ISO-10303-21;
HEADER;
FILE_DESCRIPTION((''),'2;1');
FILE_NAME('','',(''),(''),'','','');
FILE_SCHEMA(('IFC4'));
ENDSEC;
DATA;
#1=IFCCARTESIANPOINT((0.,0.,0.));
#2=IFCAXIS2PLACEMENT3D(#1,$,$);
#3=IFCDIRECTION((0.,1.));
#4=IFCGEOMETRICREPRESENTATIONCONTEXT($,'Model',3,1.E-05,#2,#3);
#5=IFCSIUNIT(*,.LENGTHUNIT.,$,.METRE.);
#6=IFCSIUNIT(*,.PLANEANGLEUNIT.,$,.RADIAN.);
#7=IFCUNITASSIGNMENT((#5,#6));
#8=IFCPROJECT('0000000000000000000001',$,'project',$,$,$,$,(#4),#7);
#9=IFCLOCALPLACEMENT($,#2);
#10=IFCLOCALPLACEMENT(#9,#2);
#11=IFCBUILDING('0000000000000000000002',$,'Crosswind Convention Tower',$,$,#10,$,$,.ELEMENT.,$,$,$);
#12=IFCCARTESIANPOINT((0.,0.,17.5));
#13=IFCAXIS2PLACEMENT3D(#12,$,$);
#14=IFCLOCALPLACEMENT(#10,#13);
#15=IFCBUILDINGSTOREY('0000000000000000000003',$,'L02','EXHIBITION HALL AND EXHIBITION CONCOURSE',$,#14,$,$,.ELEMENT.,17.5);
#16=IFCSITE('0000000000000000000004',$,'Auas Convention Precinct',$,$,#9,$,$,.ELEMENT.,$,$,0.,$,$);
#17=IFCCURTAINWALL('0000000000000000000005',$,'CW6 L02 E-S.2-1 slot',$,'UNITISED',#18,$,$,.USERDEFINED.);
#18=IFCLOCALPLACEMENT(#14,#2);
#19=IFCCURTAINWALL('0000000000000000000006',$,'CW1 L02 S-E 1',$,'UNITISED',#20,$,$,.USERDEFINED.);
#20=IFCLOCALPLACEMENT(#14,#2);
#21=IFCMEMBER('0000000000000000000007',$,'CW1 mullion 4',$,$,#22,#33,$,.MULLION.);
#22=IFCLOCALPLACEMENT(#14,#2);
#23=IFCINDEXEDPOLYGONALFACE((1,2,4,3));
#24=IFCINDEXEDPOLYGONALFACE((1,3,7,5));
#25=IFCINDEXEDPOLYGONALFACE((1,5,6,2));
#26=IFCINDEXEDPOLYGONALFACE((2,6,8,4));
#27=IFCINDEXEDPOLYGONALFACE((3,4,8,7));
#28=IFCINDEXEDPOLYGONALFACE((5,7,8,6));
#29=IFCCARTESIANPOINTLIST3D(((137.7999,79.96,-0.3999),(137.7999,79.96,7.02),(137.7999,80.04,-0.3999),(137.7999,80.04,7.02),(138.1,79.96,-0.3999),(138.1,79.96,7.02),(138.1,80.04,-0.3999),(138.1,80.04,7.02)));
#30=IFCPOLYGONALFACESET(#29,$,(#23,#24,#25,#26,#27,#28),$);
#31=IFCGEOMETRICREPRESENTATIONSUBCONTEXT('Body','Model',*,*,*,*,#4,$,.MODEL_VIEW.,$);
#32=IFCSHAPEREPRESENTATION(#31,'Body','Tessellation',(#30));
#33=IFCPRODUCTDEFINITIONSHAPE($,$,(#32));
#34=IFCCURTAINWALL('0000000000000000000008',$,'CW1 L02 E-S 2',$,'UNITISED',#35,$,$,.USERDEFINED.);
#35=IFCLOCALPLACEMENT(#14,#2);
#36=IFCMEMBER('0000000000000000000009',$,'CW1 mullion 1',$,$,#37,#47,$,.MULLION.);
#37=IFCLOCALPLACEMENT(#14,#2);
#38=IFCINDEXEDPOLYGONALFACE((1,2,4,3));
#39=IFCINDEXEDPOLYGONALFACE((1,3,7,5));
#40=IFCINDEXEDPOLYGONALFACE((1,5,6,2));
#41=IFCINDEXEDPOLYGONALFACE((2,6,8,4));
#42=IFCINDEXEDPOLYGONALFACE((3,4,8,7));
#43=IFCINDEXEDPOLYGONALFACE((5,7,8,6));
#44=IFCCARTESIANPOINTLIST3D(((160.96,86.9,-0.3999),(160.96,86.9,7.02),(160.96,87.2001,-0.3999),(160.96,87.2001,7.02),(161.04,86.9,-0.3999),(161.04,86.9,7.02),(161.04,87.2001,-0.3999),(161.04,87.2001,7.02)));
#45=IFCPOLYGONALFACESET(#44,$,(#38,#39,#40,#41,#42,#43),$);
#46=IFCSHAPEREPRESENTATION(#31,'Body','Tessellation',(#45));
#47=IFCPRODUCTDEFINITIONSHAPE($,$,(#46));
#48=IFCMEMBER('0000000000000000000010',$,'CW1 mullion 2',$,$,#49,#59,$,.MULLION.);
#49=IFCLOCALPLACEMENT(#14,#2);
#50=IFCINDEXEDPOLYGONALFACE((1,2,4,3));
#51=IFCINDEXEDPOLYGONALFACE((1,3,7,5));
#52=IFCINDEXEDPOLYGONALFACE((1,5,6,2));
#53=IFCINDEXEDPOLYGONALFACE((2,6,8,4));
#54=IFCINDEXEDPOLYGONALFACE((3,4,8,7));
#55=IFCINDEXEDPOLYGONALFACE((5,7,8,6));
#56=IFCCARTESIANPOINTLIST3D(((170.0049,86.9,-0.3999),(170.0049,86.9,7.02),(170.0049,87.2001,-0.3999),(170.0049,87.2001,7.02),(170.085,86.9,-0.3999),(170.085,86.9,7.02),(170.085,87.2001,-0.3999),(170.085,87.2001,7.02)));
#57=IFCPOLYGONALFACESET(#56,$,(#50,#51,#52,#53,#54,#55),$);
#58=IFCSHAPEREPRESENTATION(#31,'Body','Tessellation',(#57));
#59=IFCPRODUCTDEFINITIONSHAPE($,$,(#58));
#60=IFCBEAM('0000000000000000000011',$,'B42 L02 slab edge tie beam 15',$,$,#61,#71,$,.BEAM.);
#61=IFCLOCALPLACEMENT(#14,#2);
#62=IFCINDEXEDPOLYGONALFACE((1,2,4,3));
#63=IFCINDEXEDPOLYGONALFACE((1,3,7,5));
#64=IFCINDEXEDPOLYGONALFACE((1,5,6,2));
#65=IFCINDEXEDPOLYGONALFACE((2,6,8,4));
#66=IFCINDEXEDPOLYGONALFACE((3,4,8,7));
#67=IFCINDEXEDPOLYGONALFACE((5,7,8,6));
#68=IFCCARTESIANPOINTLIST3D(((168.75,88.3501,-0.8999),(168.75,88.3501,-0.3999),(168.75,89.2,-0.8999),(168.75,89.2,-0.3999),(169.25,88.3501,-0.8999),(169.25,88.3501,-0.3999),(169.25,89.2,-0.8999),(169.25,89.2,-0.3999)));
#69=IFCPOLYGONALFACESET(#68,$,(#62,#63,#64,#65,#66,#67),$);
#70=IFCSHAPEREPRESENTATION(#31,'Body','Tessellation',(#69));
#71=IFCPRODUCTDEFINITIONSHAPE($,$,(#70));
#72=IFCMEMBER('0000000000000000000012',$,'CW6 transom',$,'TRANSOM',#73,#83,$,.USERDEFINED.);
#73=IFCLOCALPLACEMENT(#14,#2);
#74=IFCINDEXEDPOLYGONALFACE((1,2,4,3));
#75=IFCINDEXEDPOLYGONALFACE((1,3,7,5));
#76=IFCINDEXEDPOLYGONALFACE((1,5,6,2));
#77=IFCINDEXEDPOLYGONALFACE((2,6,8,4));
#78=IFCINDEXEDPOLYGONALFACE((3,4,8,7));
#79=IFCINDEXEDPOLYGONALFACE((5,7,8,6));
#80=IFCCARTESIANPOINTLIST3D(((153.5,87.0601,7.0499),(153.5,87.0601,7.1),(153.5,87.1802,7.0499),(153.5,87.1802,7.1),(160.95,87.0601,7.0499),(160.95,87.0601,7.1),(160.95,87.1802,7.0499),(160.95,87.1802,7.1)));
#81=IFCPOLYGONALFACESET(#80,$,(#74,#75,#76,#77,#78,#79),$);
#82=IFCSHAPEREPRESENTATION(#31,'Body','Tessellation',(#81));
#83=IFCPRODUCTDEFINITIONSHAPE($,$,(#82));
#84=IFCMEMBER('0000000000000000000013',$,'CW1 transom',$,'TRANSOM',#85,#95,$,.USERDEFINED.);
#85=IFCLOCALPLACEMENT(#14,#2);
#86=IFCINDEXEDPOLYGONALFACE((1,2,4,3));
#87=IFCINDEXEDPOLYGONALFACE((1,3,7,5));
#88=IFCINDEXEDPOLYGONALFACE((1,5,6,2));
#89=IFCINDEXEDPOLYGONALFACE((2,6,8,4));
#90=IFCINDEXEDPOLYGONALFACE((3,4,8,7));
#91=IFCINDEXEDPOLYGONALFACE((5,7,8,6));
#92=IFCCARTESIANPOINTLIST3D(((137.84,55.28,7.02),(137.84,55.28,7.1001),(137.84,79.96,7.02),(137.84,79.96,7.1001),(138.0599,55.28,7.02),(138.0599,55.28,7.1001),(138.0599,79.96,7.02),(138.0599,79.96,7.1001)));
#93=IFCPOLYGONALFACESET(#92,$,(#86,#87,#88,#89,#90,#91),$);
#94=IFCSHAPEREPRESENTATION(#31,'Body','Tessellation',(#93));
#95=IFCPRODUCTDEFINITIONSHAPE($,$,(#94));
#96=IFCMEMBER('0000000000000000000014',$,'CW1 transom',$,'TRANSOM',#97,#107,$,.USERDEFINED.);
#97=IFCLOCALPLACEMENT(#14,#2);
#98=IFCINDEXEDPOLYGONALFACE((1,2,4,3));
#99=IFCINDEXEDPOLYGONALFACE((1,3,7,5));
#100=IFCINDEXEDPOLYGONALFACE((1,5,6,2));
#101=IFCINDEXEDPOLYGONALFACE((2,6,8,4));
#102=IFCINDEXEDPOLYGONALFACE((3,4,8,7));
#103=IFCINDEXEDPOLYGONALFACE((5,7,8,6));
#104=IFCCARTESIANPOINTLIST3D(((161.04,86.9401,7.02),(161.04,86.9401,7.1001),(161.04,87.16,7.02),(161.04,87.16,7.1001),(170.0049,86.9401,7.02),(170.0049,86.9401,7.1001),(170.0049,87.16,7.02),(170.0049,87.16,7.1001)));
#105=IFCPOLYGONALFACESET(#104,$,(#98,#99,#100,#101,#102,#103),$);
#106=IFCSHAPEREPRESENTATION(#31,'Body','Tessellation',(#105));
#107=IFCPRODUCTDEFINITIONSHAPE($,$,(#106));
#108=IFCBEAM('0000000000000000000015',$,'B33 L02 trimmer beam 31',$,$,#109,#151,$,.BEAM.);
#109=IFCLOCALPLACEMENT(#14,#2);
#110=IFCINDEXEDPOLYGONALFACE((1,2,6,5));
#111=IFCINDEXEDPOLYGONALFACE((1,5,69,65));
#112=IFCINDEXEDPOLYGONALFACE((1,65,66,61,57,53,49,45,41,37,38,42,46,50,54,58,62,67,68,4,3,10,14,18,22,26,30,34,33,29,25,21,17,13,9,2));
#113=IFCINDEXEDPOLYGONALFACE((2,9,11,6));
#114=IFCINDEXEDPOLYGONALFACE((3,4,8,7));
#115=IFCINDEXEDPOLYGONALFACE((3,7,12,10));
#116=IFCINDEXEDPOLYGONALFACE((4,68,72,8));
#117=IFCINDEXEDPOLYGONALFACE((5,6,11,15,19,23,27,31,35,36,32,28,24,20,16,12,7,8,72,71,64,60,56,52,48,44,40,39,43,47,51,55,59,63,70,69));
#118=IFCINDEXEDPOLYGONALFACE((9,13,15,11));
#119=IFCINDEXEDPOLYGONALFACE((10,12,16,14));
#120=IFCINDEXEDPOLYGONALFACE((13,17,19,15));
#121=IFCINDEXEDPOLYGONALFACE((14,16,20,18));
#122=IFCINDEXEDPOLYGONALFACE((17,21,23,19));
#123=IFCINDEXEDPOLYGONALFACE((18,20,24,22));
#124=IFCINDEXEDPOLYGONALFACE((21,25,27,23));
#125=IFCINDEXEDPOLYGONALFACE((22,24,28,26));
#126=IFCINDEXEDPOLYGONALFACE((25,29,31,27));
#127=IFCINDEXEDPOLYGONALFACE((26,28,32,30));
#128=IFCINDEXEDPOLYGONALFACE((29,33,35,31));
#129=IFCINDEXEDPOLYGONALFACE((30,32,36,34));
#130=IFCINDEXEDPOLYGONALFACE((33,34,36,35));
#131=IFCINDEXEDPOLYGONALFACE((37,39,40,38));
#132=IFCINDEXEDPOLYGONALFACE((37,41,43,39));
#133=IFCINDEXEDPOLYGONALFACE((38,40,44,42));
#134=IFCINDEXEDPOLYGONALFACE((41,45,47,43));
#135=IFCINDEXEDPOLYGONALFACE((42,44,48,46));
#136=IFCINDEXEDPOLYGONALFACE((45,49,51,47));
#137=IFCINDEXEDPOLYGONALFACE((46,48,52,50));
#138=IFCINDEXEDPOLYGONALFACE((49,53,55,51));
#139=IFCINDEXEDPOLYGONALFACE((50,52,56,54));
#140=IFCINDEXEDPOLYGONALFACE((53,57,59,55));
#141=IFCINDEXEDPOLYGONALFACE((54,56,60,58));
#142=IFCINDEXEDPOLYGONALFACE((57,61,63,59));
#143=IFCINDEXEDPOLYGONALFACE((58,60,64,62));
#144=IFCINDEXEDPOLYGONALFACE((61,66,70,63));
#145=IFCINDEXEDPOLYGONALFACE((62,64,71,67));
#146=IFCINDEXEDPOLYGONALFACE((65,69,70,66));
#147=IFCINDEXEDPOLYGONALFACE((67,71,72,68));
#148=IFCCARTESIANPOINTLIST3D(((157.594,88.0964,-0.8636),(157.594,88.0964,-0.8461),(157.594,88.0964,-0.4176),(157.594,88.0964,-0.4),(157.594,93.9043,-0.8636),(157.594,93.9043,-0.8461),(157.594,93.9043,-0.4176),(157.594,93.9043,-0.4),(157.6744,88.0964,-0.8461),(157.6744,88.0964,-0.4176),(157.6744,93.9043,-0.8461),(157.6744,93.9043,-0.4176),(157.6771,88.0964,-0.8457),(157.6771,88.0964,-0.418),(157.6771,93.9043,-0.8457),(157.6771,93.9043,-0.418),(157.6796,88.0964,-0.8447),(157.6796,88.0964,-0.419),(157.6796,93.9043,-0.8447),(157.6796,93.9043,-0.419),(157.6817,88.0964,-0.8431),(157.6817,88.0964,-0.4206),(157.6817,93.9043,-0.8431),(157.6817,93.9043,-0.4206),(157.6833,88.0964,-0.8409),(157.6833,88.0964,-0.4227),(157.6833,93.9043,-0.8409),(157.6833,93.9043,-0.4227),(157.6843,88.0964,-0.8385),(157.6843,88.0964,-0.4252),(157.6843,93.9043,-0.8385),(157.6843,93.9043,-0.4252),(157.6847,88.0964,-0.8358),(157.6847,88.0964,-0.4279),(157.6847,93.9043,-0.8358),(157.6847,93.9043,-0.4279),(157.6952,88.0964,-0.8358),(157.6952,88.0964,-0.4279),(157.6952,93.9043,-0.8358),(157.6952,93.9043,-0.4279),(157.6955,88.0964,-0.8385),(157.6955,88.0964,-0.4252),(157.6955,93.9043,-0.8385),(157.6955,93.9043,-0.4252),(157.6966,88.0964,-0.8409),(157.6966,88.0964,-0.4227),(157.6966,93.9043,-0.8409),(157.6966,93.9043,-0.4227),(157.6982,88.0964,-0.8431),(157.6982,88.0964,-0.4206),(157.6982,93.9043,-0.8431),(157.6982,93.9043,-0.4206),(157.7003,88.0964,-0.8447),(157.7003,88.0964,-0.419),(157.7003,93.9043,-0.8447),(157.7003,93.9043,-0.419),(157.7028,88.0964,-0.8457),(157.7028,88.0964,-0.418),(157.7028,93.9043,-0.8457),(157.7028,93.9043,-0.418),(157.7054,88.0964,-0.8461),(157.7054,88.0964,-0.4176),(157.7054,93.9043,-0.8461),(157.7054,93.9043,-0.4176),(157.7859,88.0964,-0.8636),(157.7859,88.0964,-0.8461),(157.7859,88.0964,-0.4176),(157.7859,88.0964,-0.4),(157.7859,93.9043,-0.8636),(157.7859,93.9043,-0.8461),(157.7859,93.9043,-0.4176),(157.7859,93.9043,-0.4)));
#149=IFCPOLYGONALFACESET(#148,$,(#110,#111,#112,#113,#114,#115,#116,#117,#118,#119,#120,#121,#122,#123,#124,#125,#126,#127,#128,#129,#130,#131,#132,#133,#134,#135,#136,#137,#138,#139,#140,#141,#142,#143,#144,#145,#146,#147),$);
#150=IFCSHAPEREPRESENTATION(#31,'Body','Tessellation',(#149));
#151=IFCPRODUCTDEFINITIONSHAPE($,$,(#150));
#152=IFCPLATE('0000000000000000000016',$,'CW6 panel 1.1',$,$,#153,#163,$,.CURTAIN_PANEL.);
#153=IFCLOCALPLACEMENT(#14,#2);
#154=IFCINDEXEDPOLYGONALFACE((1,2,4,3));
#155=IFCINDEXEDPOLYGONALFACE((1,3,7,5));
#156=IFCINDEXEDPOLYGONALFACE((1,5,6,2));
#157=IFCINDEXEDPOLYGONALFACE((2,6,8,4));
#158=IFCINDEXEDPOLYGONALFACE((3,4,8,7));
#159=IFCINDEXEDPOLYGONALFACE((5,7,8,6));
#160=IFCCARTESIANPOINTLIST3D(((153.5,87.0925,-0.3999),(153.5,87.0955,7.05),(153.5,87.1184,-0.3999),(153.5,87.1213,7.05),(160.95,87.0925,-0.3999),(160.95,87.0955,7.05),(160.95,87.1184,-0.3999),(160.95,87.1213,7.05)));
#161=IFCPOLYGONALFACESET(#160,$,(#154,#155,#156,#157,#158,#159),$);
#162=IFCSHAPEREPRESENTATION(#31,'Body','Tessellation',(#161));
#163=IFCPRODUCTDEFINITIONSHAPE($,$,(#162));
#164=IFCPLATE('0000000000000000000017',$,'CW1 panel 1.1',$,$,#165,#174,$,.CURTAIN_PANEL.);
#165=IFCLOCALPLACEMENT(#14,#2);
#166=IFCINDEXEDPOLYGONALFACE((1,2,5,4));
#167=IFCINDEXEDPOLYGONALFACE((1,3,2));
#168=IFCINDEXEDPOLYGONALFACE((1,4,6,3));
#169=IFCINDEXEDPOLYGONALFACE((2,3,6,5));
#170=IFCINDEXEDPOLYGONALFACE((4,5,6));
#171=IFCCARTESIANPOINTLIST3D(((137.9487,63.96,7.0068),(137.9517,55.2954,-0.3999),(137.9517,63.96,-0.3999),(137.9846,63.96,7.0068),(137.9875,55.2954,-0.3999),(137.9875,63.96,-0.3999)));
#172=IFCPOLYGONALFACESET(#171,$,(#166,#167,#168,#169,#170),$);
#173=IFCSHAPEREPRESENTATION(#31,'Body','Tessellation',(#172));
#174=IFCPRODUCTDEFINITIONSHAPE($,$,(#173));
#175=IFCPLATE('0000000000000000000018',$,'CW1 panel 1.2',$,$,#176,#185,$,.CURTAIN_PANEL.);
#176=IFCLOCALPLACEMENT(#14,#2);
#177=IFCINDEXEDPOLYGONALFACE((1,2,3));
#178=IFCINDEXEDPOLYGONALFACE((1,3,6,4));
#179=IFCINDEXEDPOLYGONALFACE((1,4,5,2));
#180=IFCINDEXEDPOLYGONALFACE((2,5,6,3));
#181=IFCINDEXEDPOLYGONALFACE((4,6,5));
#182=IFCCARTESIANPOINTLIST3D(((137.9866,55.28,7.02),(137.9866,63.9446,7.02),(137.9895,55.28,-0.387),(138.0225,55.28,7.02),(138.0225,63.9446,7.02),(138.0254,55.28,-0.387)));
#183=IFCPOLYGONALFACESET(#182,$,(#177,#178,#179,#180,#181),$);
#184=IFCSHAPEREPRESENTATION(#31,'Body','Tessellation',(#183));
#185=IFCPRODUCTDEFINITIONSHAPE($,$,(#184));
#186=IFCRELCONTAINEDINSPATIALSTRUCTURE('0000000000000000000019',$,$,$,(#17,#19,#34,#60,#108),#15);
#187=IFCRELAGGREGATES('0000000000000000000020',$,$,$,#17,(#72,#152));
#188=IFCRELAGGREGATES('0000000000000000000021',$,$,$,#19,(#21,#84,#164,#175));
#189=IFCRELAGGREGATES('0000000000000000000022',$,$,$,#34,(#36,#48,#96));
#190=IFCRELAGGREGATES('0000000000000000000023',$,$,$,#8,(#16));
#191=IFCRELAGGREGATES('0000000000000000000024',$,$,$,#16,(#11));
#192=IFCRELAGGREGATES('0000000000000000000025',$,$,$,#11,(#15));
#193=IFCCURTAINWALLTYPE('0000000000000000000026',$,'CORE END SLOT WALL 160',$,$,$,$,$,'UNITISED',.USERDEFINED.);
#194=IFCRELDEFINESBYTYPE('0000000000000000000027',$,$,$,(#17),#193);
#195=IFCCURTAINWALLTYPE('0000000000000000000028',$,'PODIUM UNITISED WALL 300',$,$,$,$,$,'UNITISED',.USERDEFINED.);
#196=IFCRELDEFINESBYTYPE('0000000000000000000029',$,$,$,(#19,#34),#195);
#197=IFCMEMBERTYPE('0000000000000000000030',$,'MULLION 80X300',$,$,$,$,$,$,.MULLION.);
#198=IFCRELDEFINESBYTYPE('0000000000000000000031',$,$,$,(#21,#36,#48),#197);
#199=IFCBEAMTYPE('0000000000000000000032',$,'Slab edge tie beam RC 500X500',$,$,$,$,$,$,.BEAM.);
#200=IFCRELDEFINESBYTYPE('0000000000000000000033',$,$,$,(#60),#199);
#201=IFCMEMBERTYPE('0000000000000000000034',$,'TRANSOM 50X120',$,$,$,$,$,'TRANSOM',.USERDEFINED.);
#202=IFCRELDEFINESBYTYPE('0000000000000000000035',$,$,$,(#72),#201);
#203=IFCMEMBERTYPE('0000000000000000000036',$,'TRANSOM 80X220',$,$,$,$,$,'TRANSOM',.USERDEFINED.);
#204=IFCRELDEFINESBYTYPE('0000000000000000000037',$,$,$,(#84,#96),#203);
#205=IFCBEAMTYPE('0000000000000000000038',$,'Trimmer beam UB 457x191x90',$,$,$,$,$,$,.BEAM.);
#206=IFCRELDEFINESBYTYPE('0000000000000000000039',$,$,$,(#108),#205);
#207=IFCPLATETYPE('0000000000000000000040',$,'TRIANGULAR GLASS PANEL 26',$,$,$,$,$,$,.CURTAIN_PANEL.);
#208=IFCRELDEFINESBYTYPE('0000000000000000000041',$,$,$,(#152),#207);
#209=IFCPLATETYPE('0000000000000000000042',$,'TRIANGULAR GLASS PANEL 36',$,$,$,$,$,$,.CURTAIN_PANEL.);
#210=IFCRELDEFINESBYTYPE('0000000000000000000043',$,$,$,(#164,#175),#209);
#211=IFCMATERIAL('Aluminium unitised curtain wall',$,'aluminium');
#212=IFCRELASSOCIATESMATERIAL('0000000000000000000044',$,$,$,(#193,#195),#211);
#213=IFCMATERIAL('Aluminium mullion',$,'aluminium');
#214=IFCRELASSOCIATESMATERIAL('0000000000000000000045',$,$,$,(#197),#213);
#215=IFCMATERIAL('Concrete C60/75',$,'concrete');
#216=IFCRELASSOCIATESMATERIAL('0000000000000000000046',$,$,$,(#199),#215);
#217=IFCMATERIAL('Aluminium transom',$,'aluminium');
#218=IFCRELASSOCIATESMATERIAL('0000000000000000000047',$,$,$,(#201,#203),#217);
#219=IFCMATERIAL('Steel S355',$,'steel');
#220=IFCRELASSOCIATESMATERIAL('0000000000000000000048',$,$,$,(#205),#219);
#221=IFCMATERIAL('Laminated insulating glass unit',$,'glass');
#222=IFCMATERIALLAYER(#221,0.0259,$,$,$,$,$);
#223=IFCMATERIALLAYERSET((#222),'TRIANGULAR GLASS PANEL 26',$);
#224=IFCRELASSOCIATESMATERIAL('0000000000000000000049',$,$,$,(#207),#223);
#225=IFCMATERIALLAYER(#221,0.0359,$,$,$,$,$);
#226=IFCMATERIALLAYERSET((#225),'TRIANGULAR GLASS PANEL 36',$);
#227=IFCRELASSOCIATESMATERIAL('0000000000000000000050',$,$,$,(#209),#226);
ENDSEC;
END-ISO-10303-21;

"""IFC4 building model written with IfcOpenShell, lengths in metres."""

from ifc_helpers import new_model, si_unit, direction, frame, origin, origin_2d, place, context, subcontext, project, spatial, polyline, rectangle, i_section, outline, extrude, material, layer, layer_set, material_profile, profile_set, type_object, element, aggregate, save


model = new_model("IFC4")

# Units and contexts
model_context = context("Model", 3, precision=1e-05, world=origin(), true_north=direction((0.0, 1.0)))
body_context = subcontext(model_context, "Body", "Model", "MODEL_VIEW")
ifc_project = project(units=[si_unit("LENGTHUNIT", "METRE"), si_unit("PLANEANGLEUNIT", "RADIAN")], contexts=[model_context])

# Site, building, storey
site_placement = place(None, origin())
site = spatial("IfcSite", under=ifc_project, at=site_placement, Name="Auas Convention Precinct", CompositionType="ELEMENT", RefElevation=0.0)
building_placement = place(site_placement, origin())
building = spatial("IfcBuilding", under=site, at=building_placement, Name="Crosswind Convention Tower", CompositionType="ELEMENT")
storey_placement = place(building_placement, frame((0.0, 0.0, 17.5)))
storey = spatial("IfcBuildingStorey", under=building, at=storey_placement, Name="L02", Description="EXHIBITION HALL AND EXHIBITION CONCOURSE", CompositionType="ELEMENT", Elevation=17.5)

# Shared definitions
ifc_material_1 = material(Name="Concrete C60/75", Category="concrete")

# Shared definitions
ifc_material_2 = material(Name="Steel S355", Category="steel")

# Curtain walls, members
ifc_material_3 = material(Name="Aluminium unitised curtain wall", Category="aluminium")
curtain_wall_type_1 = type_object("IfcCurtainWallType", Name="CORE END SLOT WALL 160", ElementType="UNITISED", PredefinedType="USERDEFINED", material=ifc_material_3)
curtain_wall_1_placement = place(storey_placement, origin())
curtain_wall_1 = element("IfcCurtainWall", 1, at=curtain_wall_1_placement, inside=storey, type_object=curtain_wall_type_1, Name="CW6 L02 E-S.2-1 slot", ObjectType="UNITISED", PredefinedType="USERDEFINED")
ifc_material_4 = material(Name="Aluminium mullion", Category="aluminium")
curtain_wall_type_2 = type_object("IfcCurtainWallType", Name="PODIUM UNITISED WALL 300", ElementType="UNITISED", PredefinedType="USERDEFINED", material=ifc_material_3)
curtain_wall_2_placement = place(storey_placement, origin())
curtain_wall_2 = element("IfcCurtainWall", 2, at=curtain_wall_2_placement, inside=storey, type_object=curtain_wall_type_2, Name="CW1 L02 S-E 1", ObjectType="UNITISED", PredefinedType="USERDEFINED")
ifc_material_profile_1 = material_profile(ifc_material_4, rectangle(XDim=0.3, YDim=0.0801, at=origin_2d()), Name="AL 300X80")
ifc_profile_set_1 = profile_set([ifc_material_profile_1], Name="Aluminium mullion")
member_type_1 = type_object("IfcMemberType", Name="MULLION 80X300", PredefinedType="MULLION", material=ifc_profile_set_1)
member_1_placement = place(storey_placement, frame((137.95, 80.0, -0.3999), z_axis=(0.0, 0.0, 1.0), x_axis=(1.0, 0.0, 0.0)))
member_1 = element("IfcMember", 3, at=member_1_placement, type_object=member_type_1, Name="CW1 mullion 4", PredefinedType="MULLION", context=body_context, shape_type="SweptSolid", body=[
    extrude(rectangle(XDim=0.3, YDim=0.0801, at=origin_2d()), origin(), (0.0, 0.0, 1.0), 7.4199),
])
curtain_wall_3_placement = place(storey_placement, origin())
curtain_wall_3 = element("IfcCurtainWall", 4, at=curtain_wall_3_placement, inside=storey, type_object=curtain_wall_type_2, Name="CW1 L02 E-S 2", ObjectType="UNITISED", PredefinedType="USERDEFINED")
member_2_placement = place(storey_placement, frame((161.0, 87.05, -0.3999), z_axis=(0.0, 0.0, 1.0), x_axis=(0.0, -1.0, 0.0)))
member_2 = element("IfcMember", 5, at=member_2_placement, type_object=member_type_1, Name="CW1 mullion 1", PredefinedType="MULLION", context=body_context, shape_type="SweptSolid", body=[
    extrude(rectangle(XDim=0.3, YDim=0.0801, at=origin_2d()), origin(), (0.0, 0.0, 1.0), 7.4199),
])
member_3_placement = place(storey_placement, frame((170.0449, 87.05, -0.3999), z_axis=(0.0, 0.0, 1.0), x_axis=(0.0, -1.0, 0.0)))
member_3 = element("IfcMember", 6, at=member_3_placement, type_object=member_type_1, Name="CW1 mullion 2", PredefinedType="MULLION", context=body_context, shape_type="SweptSolid", body=[
    extrude(rectangle(XDim=0.3, YDim=0.0801, at=origin_2d()), origin(), (0.0, 0.0, 1.0), 7.4199),
])

# Beam
ifc_material_profile_2 = material_profile(ifc_material_1, rectangle(XDim=0.5, YDim=0.5, at=origin_2d()), Name="RC 500X500")
ifc_profile_set_2 = profile_set([ifc_material_profile_2], Name="Concrete C60/75")
beam_type_1 = type_object("IfcBeamType", Name="Slab edge tie beam RC 500X500", PredefinedType="BEAM", material=ifc_profile_set_2)
beam_1_placement = place(storey_placement, frame((169.0, 88.3501, -0.6499), z_axis=(0.0, 1.0, 0.0), x_axis=(-1.0, 0.0, 0.0)))
element("IfcBeam", 7, at=beam_1_placement, inside=storey, type_object=beam_type_1, Name="B42 L02 slab edge tie beam 15", PredefinedType="BEAM", context=body_context, shape_type="SweptSolid", body=[
    extrude(rectangle(XDim=0.5, YDim=0.5, at=origin_2d()), origin(), (0.0, 0.0, 1.0), 0.8499),
])

# Members
ifc_material_5 = material(Name="Aluminium transom", Category="aluminium")
ifc_material_profile_3 = material_profile(ifc_material_5, rectangle(XDim=0.1201, YDim=0.05, at=origin_2d()), Name="AL 120X50")
ifc_profile_set_3 = profile_set([ifc_material_profile_3], Name="Aluminium transom")
member_type_2 = type_object("IfcMemberType", Name="TRANSOM 50X120", ElementType="TRANSOM", PredefinedType="USERDEFINED", material=ifc_profile_set_3)
member_4_placement = place(storey_placement, frame((153.5, 87.1201, 7.075), z_axis=(1.0, 0.0, 0.0), x_axis=(0.0, 1.0, 0.0)))
member_4 = element("IfcMember", 8, at=member_4_placement, type_object=member_type_2, Name="CW6 transom", ObjectType="TRANSOM", PredefinedType="USERDEFINED", context=body_context, shape_type="SweptSolid", body=[
    extrude(rectangle(XDim=0.1201, YDim=0.05, at=origin_2d()), origin(), (0.0, 0.0, 1.0), 7.45),
])
ifc_material_profile_4 = material_profile(ifc_material_5, rectangle(XDim=0.22, YDim=0.0801, at=origin_2d()), Name="AL 220X80")
ifc_profile_set_4 = profile_set([ifc_material_profile_4], Name="Aluminium transom")
member_type_3 = type_object("IfcMemberType", Name="TRANSOM 80X220", ElementType="TRANSOM", PredefinedType="USERDEFINED", material=ifc_profile_set_4)
member_5_placement = place(storey_placement, frame((137.95, 55.28, 7.0601), z_axis=(0.0, 1.0, 0.0), x_axis=(-1.0, 0.0, 0.0)))
member_5 = element("IfcMember", 9, at=member_5_placement, type_object=member_type_3, Name="CW1 transom", ObjectType="TRANSOM", PredefinedType="USERDEFINED", context=body_context, shape_type="SweptSolid", body=[
    extrude(rectangle(XDim=0.22, YDim=0.0801, at=origin_2d()), origin(), (0.0, 0.0, 1.0), 24.6799),
])
member_6_placement = place(storey_placement, frame((161.04, 87.05, 7.0601), z_axis=(1.0, 0.0, 0.0), x_axis=(0.0, 1.0, 0.0)))
member_6 = element("IfcMember", 10, at=member_6_placement, type_object=member_type_3, Name="CW1 transom", ObjectType="TRANSOM", PredefinedType="USERDEFINED", context=body_context, shape_type="SweptSolid", body=[
    extrude(rectangle(XDim=0.22, YDim=0.0801, at=origin_2d()), origin(), (0.0, 0.0, 1.0), 8.9648),
])

# Beam
ifc_material_profile_5 = material_profile(ifc_material_2, i_section(OverallWidth=0.1919, OverallDepth=0.4636, WebThickness=0.0105, FlangeThickness=0.0176, FilletRadius=0.0103, at=origin_2d()), Name="UB 457x191x90")
ifc_profile_set_5 = profile_set([ifc_material_profile_5], Name="Steel S355")
beam_type_2 = type_object("IfcBeamType", Name="Trimmer beam UB 457x191x90", PredefinedType="BEAM", material=ifc_profile_set_5)
beam_2_placement = place(storey_placement, frame((157.6899, 88.0964, -0.6318), z_axis=(0.0, 1.0, 0.0), x_axis=(-1.0, 0.0, 0.0)))
element("IfcBeam", 11, at=beam_2_placement, inside=storey, type_object=beam_type_2, Name="B33 L02 trimmer beam 31", PredefinedType="BEAM", context=body_context, shape_type="SweptSolid", body=[
    extrude(i_section(OverallWidth=0.1919, OverallDepth=0.4636, WebThickness=0.0105, FlangeThickness=0.0176, FilletRadius=0.0103, at=origin_2d()), origin(), (0.0, 0.0, 1.0), 5.8079),
])

# Plates
ifc_material_6 = material(Name="Laminated insulating glass unit", Category="glass")
ifc_layer_1 = layer(ifc_material_6, 0.0259)
ifc_layer_set_1 = layer_set([ifc_layer_1], Name="TRIANGULAR GLASS PANEL 26")
plate_type_1 = type_object("IfcPlateType", Name="TRIANGULAR GLASS PANEL 26", PredefinedType="CURTAIN_PANEL", material=ifc_layer_set_1)
plate_1_placement = place(storey_placement, frame((153.5, 87.0925, -0.3999), z_axis=(0.0, -1.0, 0.000393), x_axis=(1.0, 0.0, 0.0)))
plate_1 = element("IfcPlate", 12, at=plate_1_placement, type_object=plate_type_1, Name="CW6 panel 1.1", PredefinedType="CURTAIN_PANEL", context=body_context, shape_type="SweptSolid", body=[
    extrude(outline(polyline([(0.0, 0.0), (7.45, 0.0), (7.45, 7.45), (0.0, 7.45), (0.0, 0.0)])), origin(), (0.0, 0.0, -1.0), 0.0259),
])
aggregate(curtain_wall_1, [member_4, plate_1])
ifc_layer_2 = layer(ifc_material_6, 0.0359)
ifc_layer_set_2 = layer_set([ifc_layer_2], Name="TRIANGULAR GLASS PANEL 36")
plate_type_2 = type_object("IfcPlateType", Name="TRIANGULAR GLASS PANEL 36", PredefinedType="CURTAIN_PANEL", material=ifc_layer_set_2)
plate_2_placement = place(storey_placement, frame((137.9875, 63.96, -0.3999), z_axis=(1.0, 0.0, 0.000396), x_axis=(-0.000396, 0.0, 1.0)))
plate_2 = element("IfcPlate", 13, at=plate_2_placement, type_object=plate_type_2, Name="CW1 panel 1.1", PredefinedType="CURTAIN_PANEL", context=body_context, shape_type="SweptSolid", body=[
    extrude(outline(polyline([(0.0, 0.0), (7.4067, 0.0), (0.0, 8.6646), (0.0, 0.0)])), origin(), (0.0, 0.0, -1.0), 0.0359),
])
plate_3_placement = place(storey_placement, frame((138.0225, 55.28, 7.02), z_axis=(1.0, 0.0, 0.000396), x_axis=(0.000396, 0.0, -1.0)))
plate_3 = element("IfcPlate", 14, at=plate_3_placement, type_object=plate_type_2, Name="CW1 panel 1.2", PredefinedType="CURTAIN_PANEL", context=body_context, shape_type="SweptSolid", body=[
    extrude(outline(polyline([(0.0, 0.0), (7.407, 0.0), (0.0, 8.6646), (0.0, 0.0)])), origin(), (0.0, 0.0, -1.0), 0.0359),
])

aggregate(curtain_wall_2, [member_1, member_5, plate_2, plate_3])
aggregate(curtain_wall_3, [member_2, member_3, member_6])

save(model, "model.ifc")
